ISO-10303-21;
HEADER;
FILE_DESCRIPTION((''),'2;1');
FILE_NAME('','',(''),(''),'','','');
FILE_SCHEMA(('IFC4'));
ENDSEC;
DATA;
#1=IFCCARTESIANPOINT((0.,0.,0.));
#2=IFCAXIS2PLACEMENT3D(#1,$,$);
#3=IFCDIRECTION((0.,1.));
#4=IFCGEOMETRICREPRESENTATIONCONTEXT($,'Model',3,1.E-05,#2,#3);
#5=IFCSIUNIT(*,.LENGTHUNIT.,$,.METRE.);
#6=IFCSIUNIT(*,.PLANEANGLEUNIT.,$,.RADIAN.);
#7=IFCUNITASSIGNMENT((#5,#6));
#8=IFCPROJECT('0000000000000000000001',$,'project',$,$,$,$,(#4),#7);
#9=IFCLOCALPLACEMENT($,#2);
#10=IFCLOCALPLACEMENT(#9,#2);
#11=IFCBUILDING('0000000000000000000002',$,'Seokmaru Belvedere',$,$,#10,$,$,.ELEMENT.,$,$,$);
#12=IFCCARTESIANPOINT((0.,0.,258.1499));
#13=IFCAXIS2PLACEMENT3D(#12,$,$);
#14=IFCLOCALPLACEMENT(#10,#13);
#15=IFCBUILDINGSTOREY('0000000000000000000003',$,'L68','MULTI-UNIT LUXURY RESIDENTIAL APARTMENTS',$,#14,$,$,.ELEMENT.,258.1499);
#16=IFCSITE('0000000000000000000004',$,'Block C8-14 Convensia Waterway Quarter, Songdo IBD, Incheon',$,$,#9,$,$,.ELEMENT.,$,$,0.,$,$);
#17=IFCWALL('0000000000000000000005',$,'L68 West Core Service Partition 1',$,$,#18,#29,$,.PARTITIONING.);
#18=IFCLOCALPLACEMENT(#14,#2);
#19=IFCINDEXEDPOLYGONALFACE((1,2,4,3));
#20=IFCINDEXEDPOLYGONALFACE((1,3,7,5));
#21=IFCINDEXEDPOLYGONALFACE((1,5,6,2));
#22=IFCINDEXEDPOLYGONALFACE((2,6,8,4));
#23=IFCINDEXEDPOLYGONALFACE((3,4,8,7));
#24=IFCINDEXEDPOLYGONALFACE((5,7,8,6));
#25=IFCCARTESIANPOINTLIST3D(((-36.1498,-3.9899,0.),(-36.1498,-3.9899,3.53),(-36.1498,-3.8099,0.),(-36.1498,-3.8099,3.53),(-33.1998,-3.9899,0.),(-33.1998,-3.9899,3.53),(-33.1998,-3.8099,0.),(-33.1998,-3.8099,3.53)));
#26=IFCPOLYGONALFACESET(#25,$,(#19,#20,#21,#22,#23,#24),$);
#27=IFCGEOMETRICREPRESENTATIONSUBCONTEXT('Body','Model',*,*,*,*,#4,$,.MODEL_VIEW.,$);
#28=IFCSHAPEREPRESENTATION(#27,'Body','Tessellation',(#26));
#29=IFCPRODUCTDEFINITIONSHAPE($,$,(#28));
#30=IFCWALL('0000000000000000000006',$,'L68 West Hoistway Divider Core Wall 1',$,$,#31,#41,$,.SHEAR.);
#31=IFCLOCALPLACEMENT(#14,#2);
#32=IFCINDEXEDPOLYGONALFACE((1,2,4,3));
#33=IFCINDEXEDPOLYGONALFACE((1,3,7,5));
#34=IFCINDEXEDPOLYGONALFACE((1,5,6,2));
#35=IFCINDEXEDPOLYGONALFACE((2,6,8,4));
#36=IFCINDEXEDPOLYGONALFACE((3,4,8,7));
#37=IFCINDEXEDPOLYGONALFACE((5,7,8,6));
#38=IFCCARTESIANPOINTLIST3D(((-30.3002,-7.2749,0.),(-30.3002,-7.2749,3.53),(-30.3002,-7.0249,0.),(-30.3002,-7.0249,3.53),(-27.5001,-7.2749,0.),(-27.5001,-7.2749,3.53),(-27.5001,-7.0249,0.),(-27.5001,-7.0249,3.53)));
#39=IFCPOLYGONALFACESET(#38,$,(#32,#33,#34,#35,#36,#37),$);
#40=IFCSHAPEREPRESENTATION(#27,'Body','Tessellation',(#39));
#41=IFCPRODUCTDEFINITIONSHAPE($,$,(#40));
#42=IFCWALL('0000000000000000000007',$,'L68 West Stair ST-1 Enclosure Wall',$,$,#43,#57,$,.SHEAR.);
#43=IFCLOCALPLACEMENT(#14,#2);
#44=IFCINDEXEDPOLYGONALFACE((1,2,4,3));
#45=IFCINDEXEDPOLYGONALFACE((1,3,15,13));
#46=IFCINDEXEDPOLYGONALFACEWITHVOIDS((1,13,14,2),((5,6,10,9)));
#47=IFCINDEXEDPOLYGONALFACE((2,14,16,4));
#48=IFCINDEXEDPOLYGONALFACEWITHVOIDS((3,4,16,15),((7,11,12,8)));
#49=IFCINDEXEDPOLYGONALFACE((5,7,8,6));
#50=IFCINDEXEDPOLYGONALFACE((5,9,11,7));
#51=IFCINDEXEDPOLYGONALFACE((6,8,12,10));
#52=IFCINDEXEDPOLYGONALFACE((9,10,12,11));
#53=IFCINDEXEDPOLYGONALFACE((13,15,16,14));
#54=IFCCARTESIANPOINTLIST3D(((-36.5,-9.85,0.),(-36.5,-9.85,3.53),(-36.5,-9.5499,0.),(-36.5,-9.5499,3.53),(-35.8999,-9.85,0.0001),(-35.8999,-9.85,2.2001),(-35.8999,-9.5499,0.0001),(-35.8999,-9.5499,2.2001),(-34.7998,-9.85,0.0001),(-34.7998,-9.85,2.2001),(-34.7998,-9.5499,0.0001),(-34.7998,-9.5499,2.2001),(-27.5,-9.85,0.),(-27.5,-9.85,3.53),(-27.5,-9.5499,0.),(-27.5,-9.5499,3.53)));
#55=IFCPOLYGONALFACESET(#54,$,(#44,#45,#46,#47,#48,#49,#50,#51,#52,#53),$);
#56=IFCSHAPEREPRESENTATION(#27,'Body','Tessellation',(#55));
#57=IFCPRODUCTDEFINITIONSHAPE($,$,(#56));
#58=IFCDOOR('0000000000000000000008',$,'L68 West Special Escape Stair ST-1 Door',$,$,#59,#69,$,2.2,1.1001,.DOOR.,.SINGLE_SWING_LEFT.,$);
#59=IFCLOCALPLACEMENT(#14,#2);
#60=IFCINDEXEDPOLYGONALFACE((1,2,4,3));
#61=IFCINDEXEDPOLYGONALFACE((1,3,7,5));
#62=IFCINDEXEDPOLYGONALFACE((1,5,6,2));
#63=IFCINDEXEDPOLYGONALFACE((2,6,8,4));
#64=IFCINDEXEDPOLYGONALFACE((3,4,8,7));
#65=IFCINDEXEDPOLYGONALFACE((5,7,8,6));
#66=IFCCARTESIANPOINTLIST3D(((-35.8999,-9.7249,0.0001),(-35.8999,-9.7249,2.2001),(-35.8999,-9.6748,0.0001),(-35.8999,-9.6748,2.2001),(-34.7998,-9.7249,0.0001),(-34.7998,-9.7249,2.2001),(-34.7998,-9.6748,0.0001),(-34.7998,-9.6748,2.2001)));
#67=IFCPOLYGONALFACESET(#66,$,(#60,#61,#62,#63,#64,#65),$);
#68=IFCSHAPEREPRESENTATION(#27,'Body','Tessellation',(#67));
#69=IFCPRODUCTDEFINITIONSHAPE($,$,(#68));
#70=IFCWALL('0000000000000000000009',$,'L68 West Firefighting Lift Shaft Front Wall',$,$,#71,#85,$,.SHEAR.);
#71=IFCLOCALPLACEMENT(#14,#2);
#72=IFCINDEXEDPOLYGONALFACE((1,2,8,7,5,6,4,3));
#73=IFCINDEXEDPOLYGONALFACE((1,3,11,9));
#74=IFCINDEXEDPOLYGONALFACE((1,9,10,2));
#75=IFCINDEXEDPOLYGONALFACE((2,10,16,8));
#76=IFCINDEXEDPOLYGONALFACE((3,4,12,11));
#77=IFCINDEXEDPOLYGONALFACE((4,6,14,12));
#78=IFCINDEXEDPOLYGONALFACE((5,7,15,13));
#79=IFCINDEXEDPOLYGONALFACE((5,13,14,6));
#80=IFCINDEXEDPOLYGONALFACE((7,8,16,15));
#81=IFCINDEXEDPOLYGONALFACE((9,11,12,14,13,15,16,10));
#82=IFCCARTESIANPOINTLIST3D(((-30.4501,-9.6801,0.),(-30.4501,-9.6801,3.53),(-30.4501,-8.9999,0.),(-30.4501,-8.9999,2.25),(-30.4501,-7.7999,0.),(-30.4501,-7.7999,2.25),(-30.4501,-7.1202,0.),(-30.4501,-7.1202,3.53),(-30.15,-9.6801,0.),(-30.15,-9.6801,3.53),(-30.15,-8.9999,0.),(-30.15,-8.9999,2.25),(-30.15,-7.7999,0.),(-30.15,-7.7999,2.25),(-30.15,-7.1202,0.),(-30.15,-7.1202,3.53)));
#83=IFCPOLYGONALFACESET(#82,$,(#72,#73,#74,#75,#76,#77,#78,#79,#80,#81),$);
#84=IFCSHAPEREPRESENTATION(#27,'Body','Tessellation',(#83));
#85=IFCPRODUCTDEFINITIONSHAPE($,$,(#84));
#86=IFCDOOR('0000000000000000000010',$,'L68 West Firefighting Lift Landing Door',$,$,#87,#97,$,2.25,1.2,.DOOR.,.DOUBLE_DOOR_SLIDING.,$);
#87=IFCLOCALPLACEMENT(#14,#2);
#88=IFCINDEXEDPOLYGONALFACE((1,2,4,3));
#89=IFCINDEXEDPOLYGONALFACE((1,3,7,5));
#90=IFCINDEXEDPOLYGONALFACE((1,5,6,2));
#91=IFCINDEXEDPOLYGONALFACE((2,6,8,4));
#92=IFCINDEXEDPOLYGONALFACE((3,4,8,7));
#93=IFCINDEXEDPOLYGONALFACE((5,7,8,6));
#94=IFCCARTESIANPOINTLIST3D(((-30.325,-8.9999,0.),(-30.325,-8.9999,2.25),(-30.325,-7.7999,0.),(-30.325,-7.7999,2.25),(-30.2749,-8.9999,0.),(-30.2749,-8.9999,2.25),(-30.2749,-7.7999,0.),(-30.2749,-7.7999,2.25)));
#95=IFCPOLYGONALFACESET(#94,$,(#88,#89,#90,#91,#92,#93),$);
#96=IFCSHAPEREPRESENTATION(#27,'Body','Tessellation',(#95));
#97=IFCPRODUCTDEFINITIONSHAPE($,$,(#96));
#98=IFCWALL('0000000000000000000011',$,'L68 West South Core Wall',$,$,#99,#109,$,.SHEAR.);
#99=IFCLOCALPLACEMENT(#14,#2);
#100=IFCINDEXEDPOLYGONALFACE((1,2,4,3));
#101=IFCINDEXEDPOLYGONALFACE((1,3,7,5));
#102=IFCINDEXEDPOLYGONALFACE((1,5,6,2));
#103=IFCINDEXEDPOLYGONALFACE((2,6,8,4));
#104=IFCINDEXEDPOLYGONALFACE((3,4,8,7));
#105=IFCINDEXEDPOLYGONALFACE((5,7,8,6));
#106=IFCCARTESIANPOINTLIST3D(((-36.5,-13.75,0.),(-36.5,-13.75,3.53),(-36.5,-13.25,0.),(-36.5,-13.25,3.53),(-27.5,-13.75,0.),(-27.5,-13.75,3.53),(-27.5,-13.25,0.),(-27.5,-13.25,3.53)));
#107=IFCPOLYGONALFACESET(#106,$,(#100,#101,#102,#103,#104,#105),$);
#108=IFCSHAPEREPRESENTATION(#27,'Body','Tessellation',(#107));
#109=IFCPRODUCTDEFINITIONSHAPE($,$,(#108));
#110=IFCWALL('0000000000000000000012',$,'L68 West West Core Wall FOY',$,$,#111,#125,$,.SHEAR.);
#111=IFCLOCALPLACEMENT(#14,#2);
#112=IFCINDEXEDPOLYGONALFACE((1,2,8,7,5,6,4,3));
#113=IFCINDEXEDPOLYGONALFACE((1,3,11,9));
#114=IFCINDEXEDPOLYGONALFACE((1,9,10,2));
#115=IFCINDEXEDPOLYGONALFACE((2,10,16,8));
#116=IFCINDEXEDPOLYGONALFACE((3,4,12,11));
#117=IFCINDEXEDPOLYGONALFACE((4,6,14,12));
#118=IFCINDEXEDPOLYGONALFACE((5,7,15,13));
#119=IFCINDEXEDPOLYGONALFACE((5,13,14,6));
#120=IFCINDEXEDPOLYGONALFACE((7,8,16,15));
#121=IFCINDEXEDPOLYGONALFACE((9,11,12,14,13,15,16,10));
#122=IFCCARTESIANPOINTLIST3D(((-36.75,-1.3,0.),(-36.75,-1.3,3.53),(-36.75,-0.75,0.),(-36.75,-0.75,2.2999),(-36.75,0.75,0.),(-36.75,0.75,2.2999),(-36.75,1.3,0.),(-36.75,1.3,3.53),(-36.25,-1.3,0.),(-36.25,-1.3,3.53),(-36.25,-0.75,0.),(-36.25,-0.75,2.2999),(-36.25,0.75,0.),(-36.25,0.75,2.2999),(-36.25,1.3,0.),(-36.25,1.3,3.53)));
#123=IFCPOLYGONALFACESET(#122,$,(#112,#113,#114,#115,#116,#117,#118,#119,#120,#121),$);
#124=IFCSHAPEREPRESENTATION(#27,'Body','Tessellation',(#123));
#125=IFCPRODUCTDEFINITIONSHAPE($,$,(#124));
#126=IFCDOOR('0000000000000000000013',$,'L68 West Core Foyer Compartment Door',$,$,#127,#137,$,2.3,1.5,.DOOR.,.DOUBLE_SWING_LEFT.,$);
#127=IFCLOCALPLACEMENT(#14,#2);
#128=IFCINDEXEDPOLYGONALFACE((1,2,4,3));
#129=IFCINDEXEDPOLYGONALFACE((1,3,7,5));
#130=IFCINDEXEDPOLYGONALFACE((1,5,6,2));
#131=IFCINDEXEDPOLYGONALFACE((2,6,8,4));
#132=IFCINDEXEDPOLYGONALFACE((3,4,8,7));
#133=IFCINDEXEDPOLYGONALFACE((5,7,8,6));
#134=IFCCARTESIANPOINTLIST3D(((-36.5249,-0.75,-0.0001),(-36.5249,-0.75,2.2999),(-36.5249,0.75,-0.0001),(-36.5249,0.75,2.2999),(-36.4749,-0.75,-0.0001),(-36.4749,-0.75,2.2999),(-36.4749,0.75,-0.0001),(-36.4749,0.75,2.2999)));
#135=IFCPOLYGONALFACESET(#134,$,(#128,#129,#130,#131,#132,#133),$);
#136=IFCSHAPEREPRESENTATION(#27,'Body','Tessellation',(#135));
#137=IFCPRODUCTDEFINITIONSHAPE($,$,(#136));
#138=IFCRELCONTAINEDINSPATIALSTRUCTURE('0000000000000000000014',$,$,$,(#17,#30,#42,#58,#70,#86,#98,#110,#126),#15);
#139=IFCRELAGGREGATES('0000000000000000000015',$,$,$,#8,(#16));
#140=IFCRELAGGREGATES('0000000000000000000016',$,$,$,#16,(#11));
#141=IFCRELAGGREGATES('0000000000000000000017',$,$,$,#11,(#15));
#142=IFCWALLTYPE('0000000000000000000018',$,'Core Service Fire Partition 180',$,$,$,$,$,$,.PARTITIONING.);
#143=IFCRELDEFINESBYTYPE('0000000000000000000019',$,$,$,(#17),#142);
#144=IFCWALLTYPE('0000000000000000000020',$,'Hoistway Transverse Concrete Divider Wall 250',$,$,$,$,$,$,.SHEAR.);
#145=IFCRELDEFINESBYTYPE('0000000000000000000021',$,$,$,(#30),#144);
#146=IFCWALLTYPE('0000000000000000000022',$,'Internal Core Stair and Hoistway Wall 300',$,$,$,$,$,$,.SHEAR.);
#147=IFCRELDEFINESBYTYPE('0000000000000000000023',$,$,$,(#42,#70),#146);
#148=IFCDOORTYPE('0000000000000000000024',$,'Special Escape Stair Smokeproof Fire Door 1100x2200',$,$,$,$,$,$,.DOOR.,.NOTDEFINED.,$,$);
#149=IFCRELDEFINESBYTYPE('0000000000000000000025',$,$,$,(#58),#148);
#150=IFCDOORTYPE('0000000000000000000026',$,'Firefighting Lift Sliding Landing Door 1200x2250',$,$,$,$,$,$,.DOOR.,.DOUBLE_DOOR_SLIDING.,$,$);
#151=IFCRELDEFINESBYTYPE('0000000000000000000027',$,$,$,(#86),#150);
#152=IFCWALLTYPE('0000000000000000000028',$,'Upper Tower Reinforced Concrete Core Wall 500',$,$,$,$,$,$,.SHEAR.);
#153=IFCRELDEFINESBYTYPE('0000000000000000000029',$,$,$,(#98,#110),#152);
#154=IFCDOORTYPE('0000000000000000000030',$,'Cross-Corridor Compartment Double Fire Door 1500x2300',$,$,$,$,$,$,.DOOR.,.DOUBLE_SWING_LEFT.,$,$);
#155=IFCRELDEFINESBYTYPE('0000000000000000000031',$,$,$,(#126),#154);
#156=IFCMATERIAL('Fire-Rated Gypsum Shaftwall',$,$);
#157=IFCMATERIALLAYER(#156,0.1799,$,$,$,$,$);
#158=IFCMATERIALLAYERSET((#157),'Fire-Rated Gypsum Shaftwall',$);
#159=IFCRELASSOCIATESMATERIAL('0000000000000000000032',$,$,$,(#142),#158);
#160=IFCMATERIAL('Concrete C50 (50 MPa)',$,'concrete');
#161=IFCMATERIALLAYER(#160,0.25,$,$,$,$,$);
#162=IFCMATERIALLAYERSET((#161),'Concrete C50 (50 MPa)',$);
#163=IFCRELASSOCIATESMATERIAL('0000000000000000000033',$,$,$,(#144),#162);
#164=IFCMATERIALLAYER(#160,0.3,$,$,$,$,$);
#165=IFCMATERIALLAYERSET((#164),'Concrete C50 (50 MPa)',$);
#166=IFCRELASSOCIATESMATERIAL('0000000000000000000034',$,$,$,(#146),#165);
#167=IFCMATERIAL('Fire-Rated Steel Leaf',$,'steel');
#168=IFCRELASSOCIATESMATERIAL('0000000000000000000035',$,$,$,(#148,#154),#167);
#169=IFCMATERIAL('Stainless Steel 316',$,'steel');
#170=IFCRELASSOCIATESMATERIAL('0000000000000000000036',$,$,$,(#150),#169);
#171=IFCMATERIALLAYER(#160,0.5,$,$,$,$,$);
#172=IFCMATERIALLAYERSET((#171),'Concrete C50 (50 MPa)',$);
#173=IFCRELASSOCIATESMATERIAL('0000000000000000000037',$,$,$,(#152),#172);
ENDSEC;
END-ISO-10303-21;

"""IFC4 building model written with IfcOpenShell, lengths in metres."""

from ifc_helpers import new_model, si_unit, direction, frame, frame_2d, origin, place, context, subcontext, project, spatial, rectangle, extrude, source, transform, mapped, material, layer, layer_set, type_object, type_shapes, element, fill, save


model = new_model("IFC4")

# Units and contexts
model_context = context("Model", 3, precision=1e-05, world=origin(), true_north=direction((0.0, 1.0)))
body_context = subcontext(model_context, "Body", "Model", "MODEL_VIEW")
ifc_project = project(units=[si_unit("LENGTHUNIT", "METRE"), si_unit("PLANEANGLEUNIT", "RADIAN")], contexts=[model_context])

# Site, building, storey
site_placement = place(None, origin())
site = spatial("IfcSite", under=ifc_project, at=site_placement, Name="Block C8-14 Convensia Waterway Quarter, Songdo IBD, Incheon", CompositionType="ELEMENT", RefElevation=0.0)
building_placement = place(site_placement, origin())
building = spatial("IfcBuilding", under=site, at=building_placement, Name="Seokmaru Belvedere", CompositionType="ELEMENT")
storey_placement = place(building_placement, frame((0.0, 0.0, 258.1499)))
storey = spatial("IfcBuildingStorey", under=building, at=storey_placement, Name="L68", Description="MULTI-UNIT LUXURY RESIDENTIAL APARTMENTS", CompositionType="ELEMENT", Elevation=258.1499)

# Shared definitions
ifc_material_1 = material(Name="Fire-Rated Gypsum Shaftwall")
ifc_layer_1 = layer(ifc_material_1, 0.1799)
ifc_layer_set_1 = layer_set([ifc_layer_1], Name="Fire-Rated Gypsum Shaftwall")
wall_type_1 = type_object("IfcWallType", Name="Core Service Fire Partition 180", PredefinedType="PARTITIONING", material=ifc_layer_set_1)

# Shared definitions
ifc_material_2 = material(Name="Fire-Rated Steel Leaf", Category="steel")

# Walls
for number, where, z_axis, x_axis, name in (
    (1, (-36.1499, -3.8999, 0.0), (0.0, 0.0, 1.0), (1.0, 0.0, 0.0), "L68 West Core Service Partition 1"),
):
    element("IfcWall", number, at=place(storey_placement, frame(where, z_axis=z_axis, x_axis=x_axis)), inside=storey, type_object=wall_type_1, Name=name, PredefinedType="PARTITIONING", context=body_context, shape_type="SweptSolid", body=[
        extrude(rectangle(XDim=2.95, YDim=0.1799, at=frame_2d((1.4751, 0.0))), origin(), (0.0, 0.0, 1.0), 3.53),
    ])
ifc_material_3 = material(Name="Concrete C50 (50 MPa)", Category="concrete")
ifc_layer_2 = layer(ifc_material_3, 0.25)
ifc_layer_set_2 = layer_set([ifc_layer_2], Name="Concrete C50 (50 MPa)")
wall_type_2 = type_object("IfcWallType", Name="Hoistway Transverse Concrete Divider Wall 250", PredefinedType="SHEAR", material=ifc_layer_set_2)
wall_1_placement = place(storey_placement, frame((-30.3, -7.1499, 0.0), z_axis=(0.0, 0.0, 1.0), x_axis=(1.0, 0.0, 0.0)))
element("IfcWall", 2, at=wall_1_placement, inside=storey, type_object=wall_type_2, Name="L68 West Hoistway Divider Core Wall 1", PredefinedType="SHEAR", context=body_context, shape_type="SweptSolid", body=[
    extrude(rectangle(XDim=2.8, YDim=0.25, at=frame_2d((1.3999, 0.0))), origin(), (0.0, 0.0, 1.0), 3.53),
])

# Walls, openings, doors
ifc_layer_3 = layer(ifc_material_3, 0.3)
ifc_layer_set_3 = layer_set([ifc_layer_3], Name="Concrete C50 (50 MPa)")
wall_type_3 = type_object("IfcWallType", Name="Internal Core Stair and Hoistway Wall 300", PredefinedType="SHEAR", material=ifc_layer_set_3)
wall_2_placement = place(storey_placement, frame((-36.5, -9.7, 0.0), z_axis=(0.0, 0.0, 1.0), x_axis=(1.0, 0.0, 0.0)))
wall_2 = element("IfcWall", 3, at=wall_2_placement, inside=storey, type_object=wall_type_3, Name="L68 West Stair ST-1 Enclosure Wall", PredefinedType="SHEAR", context=body_context, shape_type="SweptSolid", body=[
    extrude(rectangle(XDim=9.0, YDim=0.3, at=frame_2d((4.5, 0.0))), origin(), (0.0, 0.0, 1.0), 3.53),
])
opening_1_placement = place(wall_2_placement, frame((0.6001, 0.0, 0.0)))
opening_1 = element("IfcOpeningElement", 4, at=opening_1_placement, cuts=wall_2, PredefinedType="OPENING", context=body_context, shape_type="SweptSolid", body=[
    extrude(rectangle(XDim=1.1001, YDim=2.2, at=frame_2d((0.55, 1.1001))), frame((0.0, 0.1602, 0.0), z_axis=(0.0, -1.0, 0.0), x_axis=(1.0, 0.0, 0.0)), (0.0, 0.0, 1.0), 0.3201),
])
door_type_1 = type_object("IfcDoorType", Name="Special Escape Stair Smokeproof Fire Door 1100x2200", OperationType="NOTDEFINED", PredefinedType="DOOR", material=ifc_material_2)
shared_shape_1 = source(origin(), body_context, "Body", "SweptSolid", [
    extrude(rectangle(XDim=1.1001, YDim=2.2, at=frame_2d((0.55, 1.1001))), frame((0.0, 0.0249, 0.0), z_axis=(0.0, -1.0, 0.0), x_axis=(1.0, 0.0, 0.0)), (0.0, 0.0, 1.0), 0.05),
])
type_shapes(door_type_1, [shared_shape_1])
door_1_placement = place(opening_1_placement, frame((1.1001, 0.0, 0.0), z_axis=(0.0, 0.0, 1.0), x_axis=(-1.0, 0.0, 0.0)))
door_1 = element("IfcDoor", 5, at=door_1_placement, inside=storey, type_object=door_type_1, Name="L68 West Special Escape Stair ST-1 Door", OperationType="SINGLE_SWING_LEFT", OverallHeight=2.2, OverallWidth=1.1001, PredefinedType="DOOR", context=body_context, shape_type="MappedRepresentation", body=[
    mapped(shared_shape_1, transform((0.0, 0.0, 0.0), scale=1.0)),
])
fill(opening_1, door_1)
wall_3_placement = place(storey_placement, frame((-30.3, -9.6799, 0.0), z_axis=(0.0, 0.0, 1.0), x_axis=(0.0, 1.0, 0.0)))
wall_3 = element("IfcWall", 6, at=wall_3_placement, inside=storey, type_object=wall_type_3, Name="L68 West Firefighting Lift Shaft Front Wall", PredefinedType="SHEAR", context=body_context, shape_type="SweptSolid", body=[
    extrude(rectangle(XDim=2.5598, YDim=0.3, at=frame_2d((1.2798, 0.0))), origin(), (0.0, 0.0, 1.0), 3.53),
])
opening_2_placement = place(wall_3_placement, frame((0.6799, 0.0, 0.0)))
opening_2 = element("IfcOpeningElement", 7, at=opening_2_placement, cuts=wall_3, PredefinedType="OPENING", context=body_context, shape_type="SweptSolid", body=[
    extrude(rectangle(XDim=1.2, YDim=2.25, at=frame_2d((0.6001, 1.125))), frame((0.0, 0.1602, 0.0), z_axis=(0.0, -1.0, 0.0), x_axis=(1.0, 0.0, 0.0)), (0.0, 0.0, 1.0), 0.3201),
])
ifc_material_4 = material(Name="Stainless Steel 316", Category="steel")
door_type_2 = type_object("IfcDoorType", Name="Firefighting Lift Sliding Landing Door 1200x2250", OperationType="DOUBLE_DOOR_SLIDING", PredefinedType="DOOR", material=ifc_material_4)
shared_shape_2 = source(origin(), body_context, "Body", "SweptSolid", [
    extrude(rectangle(XDim=1.2, YDim=2.25, at=frame_2d((0.6001, 1.125))), frame((0.0, 0.0249, 0.0), z_axis=(0.0, -1.0, 0.0), x_axis=(1.0, 0.0, 0.0)), (0.0, 0.0, 1.0), 0.05),
])
type_shapes(door_type_2, [shared_shape_2])
door_2_placement = place(opening_2_placement, origin())
door_2 = element("IfcDoor", 8, at=door_2_placement, inside=storey, type_object=door_type_2, Name="L68 West Firefighting Lift Landing Door", OperationType="DOUBLE_DOOR_SLIDING", OverallHeight=2.25, OverallWidth=1.2, PredefinedType="DOOR", context=body_context, shape_type="MappedRepresentation", body=[
    mapped(shared_shape_2, transform((0.0, 0.0, 0.0), scale=1.0)),
])
fill(opening_2, door_2)

# Wall
ifc_layer_4 = layer(ifc_material_3, 0.5)
ifc_layer_set_4 = layer_set([ifc_layer_4], Name="Concrete C50 (50 MPa)")
wall_type_4 = type_object("IfcWallType", Name="Upper Tower Reinforced Concrete Core Wall 500", PredefinedType="SHEAR", material=ifc_layer_set_4)
wall_4_placement = place(storey_placement, frame((-36.5, -13.5, 0.0), z_axis=(0.0, 0.0, 1.0), x_axis=(1.0, 0.0, 0.0)))
element("IfcWall", 9, at=wall_4_placement, inside=storey, type_object=wall_type_4, Name="L68 West South Core Wall", PredefinedType="SHEAR", context=body_context, shape_type="SweptSolid", body=[
    extrude(rectangle(XDim=9.0, YDim=0.5, at=frame_2d((4.5, 0.0))), origin(), (0.0, 0.0, 1.0), 3.53),
])

# Wall, opening, door
wall_5_placement = place(storey_placement, frame((-36.5, -1.3, 0.0), z_axis=(0.0, 0.0, 1.0), x_axis=(0.0, 1.0, 0.0)))
wall_5 = element("IfcWall", 10, at=wall_5_placement, inside=storey, type_object=wall_type_4, Name="L68 West West Core Wall FOY", PredefinedType="SHEAR", context=body_context, shape_type="SweptSolid", body=[
    extrude(rectangle(XDim=2.6001, YDim=0.5, at=frame_2d((1.3, 0.0))), origin(), (0.0, 0.0, 1.0), 3.53),
])
opening_3_placement = place(wall_5_placement, frame((0.55, 0.0, 0.0)))
opening_3 = element("IfcOpeningElement", 11, at=opening_3_placement, cuts=wall_5, PredefinedType="OPENING", context=body_context, shape_type="SweptSolid", body=[
    extrude(rectangle(XDim=1.5, YDim=2.3, at=frame_2d((0.75, 1.1499))), frame((0.0, 0.26, 0.0), z_axis=(0.0, -1.0, 0.0), x_axis=(1.0, 0.0, 0.0)), (0.0, 0.0, 1.0), 0.52),
])
door_type_3 = type_object("IfcDoorType", Name="Cross-Corridor Compartment Double Fire Door 1500x2300", OperationType="DOUBLE_SWING_LEFT", PredefinedType="DOOR", material=ifc_material_2)
shared_shape_3 = source(origin(), body_context, "Body", "SweptSolid", [
    extrude(rectangle(XDim=1.5, YDim=2.3, at=frame_2d((0.75, 1.1499))), frame((0.0, 0.0249, 0.0), z_axis=(0.0, -1.0, 0.0), x_axis=(1.0, 0.0, 0.0)), (0.0, 0.0, 1.0), 0.05),
])
type_shapes(door_type_3, [shared_shape_3])
door_3_placement = place(opening_3_placement, origin())
door_3 = element("IfcDoor", 12, at=door_3_placement, inside=storey, type_object=door_type_3, Name="L68 West Core Foyer Compartment Door", OperationType="DOUBLE_SWING_LEFT", OverallHeight=2.3, OverallWidth=1.5, PredefinedType="DOOR", context=body_context, shape_type="MappedRepresentation", body=[
    mapped(shared_shape_3, transform((0.0, 0.0, 0.0), scale=1.0)),
])
fill(opening_3, door_3)

save(model, "model.ifc")
